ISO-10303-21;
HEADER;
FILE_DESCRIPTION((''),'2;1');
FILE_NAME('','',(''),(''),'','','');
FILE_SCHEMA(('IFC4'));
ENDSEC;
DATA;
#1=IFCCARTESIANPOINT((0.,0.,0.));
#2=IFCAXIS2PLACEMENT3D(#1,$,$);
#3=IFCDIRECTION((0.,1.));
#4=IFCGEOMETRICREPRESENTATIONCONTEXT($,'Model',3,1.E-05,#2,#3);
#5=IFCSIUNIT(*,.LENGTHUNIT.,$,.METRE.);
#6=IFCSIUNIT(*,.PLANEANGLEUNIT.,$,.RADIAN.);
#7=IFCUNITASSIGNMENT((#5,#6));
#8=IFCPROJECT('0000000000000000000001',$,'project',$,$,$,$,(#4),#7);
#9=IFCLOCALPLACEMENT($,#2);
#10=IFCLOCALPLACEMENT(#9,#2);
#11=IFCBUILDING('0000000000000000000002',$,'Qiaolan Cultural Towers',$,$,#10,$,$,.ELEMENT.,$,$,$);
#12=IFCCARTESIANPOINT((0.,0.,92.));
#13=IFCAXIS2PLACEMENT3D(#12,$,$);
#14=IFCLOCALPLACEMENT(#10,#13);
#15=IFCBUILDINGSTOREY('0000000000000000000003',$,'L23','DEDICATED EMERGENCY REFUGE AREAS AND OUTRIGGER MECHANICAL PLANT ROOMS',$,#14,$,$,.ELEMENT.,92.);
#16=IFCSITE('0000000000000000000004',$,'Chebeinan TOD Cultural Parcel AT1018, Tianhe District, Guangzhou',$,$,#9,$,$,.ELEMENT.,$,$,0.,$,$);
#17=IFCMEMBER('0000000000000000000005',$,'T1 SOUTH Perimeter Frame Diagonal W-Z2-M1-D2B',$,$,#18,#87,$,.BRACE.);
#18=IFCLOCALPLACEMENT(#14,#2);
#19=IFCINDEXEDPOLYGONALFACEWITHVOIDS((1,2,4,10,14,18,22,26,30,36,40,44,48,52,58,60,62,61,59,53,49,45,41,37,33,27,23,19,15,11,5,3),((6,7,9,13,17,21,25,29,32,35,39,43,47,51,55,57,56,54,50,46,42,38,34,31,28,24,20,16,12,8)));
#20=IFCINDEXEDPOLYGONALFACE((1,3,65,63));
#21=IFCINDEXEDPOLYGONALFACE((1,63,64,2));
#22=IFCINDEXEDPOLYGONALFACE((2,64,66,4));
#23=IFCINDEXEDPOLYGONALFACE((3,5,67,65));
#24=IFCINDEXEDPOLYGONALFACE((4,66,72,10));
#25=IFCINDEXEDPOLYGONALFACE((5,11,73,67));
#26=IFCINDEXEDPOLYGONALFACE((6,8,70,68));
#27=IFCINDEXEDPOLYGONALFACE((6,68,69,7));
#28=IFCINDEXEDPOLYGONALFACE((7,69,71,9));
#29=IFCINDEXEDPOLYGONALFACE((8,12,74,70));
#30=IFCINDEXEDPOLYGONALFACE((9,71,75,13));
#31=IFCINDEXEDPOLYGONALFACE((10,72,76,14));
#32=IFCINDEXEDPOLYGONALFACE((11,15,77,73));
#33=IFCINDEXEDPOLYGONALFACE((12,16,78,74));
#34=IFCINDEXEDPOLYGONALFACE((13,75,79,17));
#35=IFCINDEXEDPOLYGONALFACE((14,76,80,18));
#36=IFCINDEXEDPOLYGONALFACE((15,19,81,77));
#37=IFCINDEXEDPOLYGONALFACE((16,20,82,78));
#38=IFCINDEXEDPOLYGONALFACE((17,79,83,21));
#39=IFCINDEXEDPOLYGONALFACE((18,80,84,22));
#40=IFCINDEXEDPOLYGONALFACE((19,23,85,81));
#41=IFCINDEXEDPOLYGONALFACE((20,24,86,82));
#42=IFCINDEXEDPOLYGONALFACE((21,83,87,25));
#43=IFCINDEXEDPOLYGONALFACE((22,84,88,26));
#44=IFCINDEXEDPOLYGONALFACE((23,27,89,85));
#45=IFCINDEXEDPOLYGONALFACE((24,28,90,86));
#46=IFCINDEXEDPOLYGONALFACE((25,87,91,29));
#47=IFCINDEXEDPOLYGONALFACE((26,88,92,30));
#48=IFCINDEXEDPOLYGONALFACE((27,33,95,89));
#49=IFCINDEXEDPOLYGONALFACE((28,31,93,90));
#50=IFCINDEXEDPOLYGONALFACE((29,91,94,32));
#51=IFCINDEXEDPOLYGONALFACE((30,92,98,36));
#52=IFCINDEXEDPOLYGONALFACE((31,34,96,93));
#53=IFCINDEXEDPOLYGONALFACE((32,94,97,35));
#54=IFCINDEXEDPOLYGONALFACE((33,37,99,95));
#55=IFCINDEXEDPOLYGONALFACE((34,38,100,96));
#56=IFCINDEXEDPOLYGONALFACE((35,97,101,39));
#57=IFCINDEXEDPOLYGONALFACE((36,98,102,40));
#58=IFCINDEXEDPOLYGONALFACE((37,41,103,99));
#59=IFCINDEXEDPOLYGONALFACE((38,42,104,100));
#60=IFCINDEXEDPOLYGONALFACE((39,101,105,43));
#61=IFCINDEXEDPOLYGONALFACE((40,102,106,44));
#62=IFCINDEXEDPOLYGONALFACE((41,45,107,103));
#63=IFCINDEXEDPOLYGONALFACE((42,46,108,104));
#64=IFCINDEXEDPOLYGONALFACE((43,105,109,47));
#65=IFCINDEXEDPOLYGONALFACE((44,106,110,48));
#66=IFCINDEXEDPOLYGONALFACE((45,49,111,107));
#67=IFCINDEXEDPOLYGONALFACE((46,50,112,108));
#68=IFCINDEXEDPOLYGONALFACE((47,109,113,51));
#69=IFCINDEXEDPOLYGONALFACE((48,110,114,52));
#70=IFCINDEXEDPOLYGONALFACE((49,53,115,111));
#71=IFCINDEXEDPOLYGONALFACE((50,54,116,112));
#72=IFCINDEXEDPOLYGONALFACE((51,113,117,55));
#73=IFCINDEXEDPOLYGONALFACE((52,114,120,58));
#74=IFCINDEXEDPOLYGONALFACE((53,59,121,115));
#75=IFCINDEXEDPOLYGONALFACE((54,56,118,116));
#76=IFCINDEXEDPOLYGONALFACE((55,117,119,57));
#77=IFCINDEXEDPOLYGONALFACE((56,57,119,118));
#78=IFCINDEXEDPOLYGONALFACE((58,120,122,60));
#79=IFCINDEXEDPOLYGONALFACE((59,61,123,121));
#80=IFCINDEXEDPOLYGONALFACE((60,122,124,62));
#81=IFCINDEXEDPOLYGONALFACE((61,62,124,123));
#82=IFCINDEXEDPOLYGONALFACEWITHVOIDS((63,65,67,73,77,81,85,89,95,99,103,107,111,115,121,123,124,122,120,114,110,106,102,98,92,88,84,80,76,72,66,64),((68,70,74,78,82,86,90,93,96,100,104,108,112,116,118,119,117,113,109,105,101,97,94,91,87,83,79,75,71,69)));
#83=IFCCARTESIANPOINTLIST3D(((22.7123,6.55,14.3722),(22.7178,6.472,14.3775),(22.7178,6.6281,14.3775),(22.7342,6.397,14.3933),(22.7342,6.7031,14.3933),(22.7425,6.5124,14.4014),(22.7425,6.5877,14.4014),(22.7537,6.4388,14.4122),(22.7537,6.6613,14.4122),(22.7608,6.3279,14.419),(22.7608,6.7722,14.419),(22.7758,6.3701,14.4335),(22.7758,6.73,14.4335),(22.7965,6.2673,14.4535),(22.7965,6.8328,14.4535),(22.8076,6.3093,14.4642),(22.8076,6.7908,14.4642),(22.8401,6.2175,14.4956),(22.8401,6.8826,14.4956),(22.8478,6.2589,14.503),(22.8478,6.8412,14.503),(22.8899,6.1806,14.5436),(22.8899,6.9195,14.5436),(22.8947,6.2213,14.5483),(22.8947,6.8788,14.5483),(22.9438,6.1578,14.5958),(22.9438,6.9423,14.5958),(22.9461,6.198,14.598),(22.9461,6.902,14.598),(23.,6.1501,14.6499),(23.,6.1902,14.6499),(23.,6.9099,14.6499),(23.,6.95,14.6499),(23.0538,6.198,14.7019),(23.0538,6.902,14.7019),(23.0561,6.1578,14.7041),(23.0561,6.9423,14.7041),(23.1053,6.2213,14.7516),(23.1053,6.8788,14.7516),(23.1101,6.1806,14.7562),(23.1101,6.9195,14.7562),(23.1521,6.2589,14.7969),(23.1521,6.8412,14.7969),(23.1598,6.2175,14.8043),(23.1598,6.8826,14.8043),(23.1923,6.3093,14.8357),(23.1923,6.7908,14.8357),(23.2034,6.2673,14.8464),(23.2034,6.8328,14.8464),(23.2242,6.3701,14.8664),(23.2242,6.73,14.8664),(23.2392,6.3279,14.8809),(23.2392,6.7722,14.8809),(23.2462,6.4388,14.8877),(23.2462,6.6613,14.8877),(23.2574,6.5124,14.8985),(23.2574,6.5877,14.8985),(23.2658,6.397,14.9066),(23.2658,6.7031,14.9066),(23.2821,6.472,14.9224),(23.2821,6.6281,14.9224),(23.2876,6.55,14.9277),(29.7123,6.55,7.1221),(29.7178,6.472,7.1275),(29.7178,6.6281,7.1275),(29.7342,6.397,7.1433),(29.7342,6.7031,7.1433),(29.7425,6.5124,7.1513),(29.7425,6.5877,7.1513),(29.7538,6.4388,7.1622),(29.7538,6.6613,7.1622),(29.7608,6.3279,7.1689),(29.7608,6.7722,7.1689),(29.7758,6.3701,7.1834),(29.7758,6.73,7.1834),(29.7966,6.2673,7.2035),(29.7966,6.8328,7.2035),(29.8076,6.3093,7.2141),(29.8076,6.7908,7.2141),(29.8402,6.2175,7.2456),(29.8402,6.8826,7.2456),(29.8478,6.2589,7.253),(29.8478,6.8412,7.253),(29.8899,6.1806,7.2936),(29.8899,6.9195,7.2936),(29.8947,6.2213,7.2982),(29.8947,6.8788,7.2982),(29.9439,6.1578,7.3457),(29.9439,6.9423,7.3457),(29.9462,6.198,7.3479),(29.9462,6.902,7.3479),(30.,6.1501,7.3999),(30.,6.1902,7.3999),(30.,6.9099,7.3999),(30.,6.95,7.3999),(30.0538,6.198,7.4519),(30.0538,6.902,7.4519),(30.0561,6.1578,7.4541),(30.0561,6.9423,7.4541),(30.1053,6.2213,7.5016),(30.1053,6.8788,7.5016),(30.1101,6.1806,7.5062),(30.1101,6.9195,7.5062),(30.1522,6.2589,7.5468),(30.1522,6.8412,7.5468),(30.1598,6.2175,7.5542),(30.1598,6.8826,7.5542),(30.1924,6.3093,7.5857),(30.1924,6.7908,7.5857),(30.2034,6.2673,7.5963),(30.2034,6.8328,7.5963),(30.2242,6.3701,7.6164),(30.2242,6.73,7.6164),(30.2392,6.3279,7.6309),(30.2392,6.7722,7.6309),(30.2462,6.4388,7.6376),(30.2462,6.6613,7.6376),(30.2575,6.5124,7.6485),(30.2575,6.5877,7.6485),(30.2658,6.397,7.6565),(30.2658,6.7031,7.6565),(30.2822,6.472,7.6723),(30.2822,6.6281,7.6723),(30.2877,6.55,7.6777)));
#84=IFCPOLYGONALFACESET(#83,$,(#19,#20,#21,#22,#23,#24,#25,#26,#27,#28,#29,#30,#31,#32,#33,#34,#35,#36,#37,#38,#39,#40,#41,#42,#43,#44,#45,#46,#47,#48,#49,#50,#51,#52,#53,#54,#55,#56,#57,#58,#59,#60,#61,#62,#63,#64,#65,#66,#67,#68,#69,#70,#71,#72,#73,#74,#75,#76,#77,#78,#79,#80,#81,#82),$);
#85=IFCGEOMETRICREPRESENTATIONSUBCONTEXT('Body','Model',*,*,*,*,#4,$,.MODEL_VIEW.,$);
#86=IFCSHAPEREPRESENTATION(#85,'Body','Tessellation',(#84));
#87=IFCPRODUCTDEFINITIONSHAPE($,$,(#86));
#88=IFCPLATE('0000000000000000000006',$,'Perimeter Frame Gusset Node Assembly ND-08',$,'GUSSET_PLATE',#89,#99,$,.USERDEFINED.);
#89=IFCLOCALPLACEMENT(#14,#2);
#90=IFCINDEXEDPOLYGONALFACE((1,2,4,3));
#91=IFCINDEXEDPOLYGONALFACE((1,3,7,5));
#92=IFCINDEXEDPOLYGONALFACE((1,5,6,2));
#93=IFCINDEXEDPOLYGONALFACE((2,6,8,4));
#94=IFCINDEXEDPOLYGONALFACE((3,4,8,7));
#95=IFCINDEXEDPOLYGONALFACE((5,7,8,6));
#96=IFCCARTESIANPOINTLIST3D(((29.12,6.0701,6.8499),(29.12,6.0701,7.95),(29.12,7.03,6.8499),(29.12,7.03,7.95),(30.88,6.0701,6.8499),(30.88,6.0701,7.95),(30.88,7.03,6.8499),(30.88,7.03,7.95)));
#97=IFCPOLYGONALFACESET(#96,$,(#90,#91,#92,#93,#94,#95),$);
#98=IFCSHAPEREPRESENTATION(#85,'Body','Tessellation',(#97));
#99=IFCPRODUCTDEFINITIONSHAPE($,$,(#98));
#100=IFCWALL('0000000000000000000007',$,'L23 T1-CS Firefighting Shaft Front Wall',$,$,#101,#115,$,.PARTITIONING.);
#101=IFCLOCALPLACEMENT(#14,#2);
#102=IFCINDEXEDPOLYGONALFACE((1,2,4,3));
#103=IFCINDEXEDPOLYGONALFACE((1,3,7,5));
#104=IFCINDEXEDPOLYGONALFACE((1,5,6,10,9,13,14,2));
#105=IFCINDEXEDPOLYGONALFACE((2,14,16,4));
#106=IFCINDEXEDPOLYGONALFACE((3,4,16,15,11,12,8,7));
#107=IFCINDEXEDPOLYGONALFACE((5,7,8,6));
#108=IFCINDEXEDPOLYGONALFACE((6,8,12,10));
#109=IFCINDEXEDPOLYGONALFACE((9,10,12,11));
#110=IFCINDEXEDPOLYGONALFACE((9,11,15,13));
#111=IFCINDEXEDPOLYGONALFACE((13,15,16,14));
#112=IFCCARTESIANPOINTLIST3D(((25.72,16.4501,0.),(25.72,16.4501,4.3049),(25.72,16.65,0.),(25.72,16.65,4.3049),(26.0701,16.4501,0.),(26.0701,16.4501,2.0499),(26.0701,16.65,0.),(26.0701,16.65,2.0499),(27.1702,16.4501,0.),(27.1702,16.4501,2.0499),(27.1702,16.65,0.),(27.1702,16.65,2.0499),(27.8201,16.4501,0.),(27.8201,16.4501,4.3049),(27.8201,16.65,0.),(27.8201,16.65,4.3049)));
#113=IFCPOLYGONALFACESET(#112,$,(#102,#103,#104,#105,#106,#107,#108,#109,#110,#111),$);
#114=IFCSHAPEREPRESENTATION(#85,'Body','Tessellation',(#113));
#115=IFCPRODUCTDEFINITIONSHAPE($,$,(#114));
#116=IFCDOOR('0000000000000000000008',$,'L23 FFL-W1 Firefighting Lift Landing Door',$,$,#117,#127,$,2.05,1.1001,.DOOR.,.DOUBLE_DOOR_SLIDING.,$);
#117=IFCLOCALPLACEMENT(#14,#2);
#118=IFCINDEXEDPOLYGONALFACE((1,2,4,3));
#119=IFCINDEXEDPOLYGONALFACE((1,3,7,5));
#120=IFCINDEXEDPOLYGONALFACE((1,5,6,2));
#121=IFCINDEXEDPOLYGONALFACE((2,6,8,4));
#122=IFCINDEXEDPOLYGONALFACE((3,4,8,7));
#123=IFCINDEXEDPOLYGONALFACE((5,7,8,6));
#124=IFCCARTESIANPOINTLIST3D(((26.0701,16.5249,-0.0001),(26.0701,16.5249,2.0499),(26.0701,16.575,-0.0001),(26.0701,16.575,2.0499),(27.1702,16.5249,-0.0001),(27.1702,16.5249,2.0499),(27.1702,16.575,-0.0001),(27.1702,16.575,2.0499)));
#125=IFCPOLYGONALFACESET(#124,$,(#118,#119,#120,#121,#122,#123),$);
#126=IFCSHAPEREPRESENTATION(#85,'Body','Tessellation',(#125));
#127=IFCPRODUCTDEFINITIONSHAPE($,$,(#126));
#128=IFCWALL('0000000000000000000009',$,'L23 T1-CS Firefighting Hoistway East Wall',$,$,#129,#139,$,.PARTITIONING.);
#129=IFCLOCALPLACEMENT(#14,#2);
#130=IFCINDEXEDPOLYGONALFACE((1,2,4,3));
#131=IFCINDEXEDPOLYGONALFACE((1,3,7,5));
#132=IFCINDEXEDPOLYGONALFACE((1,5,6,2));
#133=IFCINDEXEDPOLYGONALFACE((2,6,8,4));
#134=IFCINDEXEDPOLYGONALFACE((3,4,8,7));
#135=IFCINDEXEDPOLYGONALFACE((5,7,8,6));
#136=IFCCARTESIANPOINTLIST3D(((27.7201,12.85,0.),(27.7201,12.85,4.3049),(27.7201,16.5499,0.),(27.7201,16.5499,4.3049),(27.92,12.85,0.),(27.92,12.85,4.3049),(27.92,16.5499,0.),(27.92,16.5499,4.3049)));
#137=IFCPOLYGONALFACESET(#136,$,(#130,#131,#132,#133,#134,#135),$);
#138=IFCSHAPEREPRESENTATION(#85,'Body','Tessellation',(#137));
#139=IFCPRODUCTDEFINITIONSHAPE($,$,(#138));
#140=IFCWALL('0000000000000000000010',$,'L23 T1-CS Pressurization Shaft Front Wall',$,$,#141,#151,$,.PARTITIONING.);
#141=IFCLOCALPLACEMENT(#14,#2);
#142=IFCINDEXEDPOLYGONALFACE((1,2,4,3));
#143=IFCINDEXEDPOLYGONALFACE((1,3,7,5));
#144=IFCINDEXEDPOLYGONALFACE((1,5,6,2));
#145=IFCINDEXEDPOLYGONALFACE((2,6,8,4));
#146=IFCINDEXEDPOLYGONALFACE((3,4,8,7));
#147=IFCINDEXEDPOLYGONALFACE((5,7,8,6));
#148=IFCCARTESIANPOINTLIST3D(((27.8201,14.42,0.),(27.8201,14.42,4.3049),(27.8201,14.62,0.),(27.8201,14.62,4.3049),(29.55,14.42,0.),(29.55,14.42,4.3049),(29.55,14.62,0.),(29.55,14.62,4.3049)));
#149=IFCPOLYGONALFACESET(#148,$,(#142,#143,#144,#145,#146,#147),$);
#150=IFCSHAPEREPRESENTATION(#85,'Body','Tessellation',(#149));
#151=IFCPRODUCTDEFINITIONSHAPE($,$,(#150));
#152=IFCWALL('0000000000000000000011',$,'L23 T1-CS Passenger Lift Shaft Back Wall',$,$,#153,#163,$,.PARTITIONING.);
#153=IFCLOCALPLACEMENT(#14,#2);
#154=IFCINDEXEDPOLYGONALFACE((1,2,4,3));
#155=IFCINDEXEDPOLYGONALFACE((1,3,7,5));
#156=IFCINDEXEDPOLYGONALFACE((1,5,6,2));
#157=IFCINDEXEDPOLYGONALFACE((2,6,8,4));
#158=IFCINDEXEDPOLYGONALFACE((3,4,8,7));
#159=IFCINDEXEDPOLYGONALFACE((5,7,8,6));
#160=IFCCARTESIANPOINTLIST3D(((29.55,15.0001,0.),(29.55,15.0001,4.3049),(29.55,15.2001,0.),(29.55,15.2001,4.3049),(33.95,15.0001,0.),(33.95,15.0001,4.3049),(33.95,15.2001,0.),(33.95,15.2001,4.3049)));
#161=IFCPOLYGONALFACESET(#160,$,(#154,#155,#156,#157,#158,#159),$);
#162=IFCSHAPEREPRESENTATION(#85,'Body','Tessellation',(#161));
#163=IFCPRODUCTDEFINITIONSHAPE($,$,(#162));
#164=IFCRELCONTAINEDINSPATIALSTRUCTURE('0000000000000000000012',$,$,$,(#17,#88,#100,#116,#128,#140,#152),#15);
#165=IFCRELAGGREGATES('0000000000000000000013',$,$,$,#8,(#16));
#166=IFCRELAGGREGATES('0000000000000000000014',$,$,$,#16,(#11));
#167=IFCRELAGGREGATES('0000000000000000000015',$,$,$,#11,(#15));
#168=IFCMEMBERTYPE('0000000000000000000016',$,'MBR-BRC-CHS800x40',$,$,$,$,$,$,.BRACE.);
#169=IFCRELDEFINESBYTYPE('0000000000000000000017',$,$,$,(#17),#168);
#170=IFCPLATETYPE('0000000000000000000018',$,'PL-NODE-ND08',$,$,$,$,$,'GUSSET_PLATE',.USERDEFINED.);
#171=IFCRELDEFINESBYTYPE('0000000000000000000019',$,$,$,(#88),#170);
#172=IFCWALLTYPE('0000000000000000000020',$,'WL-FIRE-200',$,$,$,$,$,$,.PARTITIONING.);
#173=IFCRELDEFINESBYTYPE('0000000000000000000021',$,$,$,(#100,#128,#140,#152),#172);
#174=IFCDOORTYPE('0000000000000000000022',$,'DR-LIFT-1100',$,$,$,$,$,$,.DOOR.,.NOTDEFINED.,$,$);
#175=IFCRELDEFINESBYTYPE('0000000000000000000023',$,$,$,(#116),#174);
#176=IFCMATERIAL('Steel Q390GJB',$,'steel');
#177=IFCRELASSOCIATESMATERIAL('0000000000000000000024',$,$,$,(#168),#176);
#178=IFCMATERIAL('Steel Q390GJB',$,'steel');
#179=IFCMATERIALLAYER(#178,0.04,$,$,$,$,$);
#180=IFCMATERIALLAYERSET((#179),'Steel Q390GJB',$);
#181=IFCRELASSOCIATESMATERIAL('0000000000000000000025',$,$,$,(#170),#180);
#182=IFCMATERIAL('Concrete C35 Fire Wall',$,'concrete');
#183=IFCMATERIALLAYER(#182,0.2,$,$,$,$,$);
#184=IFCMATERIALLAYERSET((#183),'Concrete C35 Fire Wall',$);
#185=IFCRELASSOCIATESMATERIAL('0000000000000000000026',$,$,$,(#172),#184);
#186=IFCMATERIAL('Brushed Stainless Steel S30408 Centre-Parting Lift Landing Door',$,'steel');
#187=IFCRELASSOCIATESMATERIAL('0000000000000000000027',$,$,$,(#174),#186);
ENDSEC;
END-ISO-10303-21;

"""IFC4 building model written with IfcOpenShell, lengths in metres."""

from ifc_helpers import new_model, si_unit, direction, frame, frame_2d, origin, origin_2d, place, context, subcontext, project, spatial, rectangle, hollow_circle, extrude, material, layer, layer_set, material_profile, profile_set, type_object, element, fill, save


model = new_model("IFC4")

# Units and contexts
model_context = context("Model", 3, precision=1e-05, world=origin(), true_north=direction((0.0, 1.0)))
body_context = subcontext(model_context, "Body", "Model", "MODEL_VIEW")
ifc_project = project(units=[si_unit("LENGTHUNIT", "METRE"), si_unit("PLANEANGLEUNIT", "RADIAN")], contexts=[model_context])

# Site, building, storey
site_placement = place(None, origin())
site = spatial("IfcSite", under=ifc_project, at=site_placement, Name="Chebeinan TOD Cultural Parcel AT1018, Tianhe District, Guangzhou", CompositionType="ELEMENT", RefElevation=0.0)
building_placement = place(site_placement, origin())
building = spatial("IfcBuilding", under=site, at=building_placement, Name="Qiaolan Cultural Towers", CompositionType="ELEMENT")
storey_placement = place(building_placement, frame((0.0, 0.0, 92.0)))
storey = spatial("IfcBuildingStorey", under=building, at=storey_placement, Name="L23", Description="DEDICATED EMERGENCY REFUGE AREAS AND OUTRIGGER MECHANICAL PLANT ROOMS", CompositionType="ELEMENT", Elevation=92.0)

# Member
ifc_material_1 = material(Name="Steel Q390GJB", Category="steel")
ifc_material_profile_1 = material_profile(ifc_material_1, hollow_circle(Radius=0.3999, WallThickness=0.04, at=origin_2d()), Name="CHS800x40")
ifc_profile_set_1 = profile_set([ifc_material_profile_1], Name="Steel Q390GJB")
member_type = type_object("IfcMemberType", Name="MBR-BRC-CHS800x40", PredefinedType="BRACE", material=ifc_profile_set_1)
for number, where, z_axis, x_axis, name in (
    (1, (30.0, 6.55, 7.3999), (-0.694595, 0.0, 0.719401), (0.0, -1.0, 0.0), "T1 SOUTH Perimeter Frame Diagonal W-Z2-M1-D2B"),
):
    element("IfcMember", number, at=place(storey_placement, frame(where, z_axis=z_axis, x_axis=x_axis)), inside=storey, type_object=member_type, Name=name, PredefinedType="BRACE", context=body_context, shape_type="SweptSolid", body=[
        extrude(hollow_circle(Radius=0.3999, WallThickness=0.04, at=origin_2d()), origin(), (0.0, 0.0, 1.0), 10.0779),
    ])

# Plate
ifc_material_2 = material(Name="Steel Q390GJB", Category="steel")
ifc_layer_1 = layer(ifc_material_2, 0.04)
ifc_layer_set_1 = layer_set([ifc_layer_1], Name="Steel Q390GJB")
plate_type = type_object("IfcPlateType", Name="PL-NODE-ND08", ElementType="GUSSET_PLATE", PredefinedType="USERDEFINED", material=ifc_layer_set_1)
plate_placement = place(storey_placement, frame((30.0, 6.55, 6.8499), z_axis=(0.0, 0.0, 1.0), x_axis=(1.0, 0.0, 0.0)))
element("IfcPlate", 2, at=plate_placement, inside=storey, type_object=plate_type, Name="Perimeter Frame Gusset Node Assembly ND-08", ObjectType="GUSSET_PLATE", PredefinedType="USERDEFINED", context=body_context, shape_type="SweptSolid", body=[
    extrude(rectangle(XDim=1.76, YDim=0.96, at=origin_2d()), origin(), (0.0, 0.0, 1.0), 1.1001),
])

# Wall, opening, door
ifc_material_3 = material(Name="Concrete C35 Fire Wall", Category="concrete")
ifc_layer_2 = layer(ifc_material_3, 0.2)
ifc_layer_set_2 = layer_set([ifc_layer_2], Name="Concrete C35 Fire Wall")
wall_type = type_object("IfcWallType", Name="WL-FIRE-200", PredefinedType="PARTITIONING", material=ifc_layer_set_2)
wall_1_placement = place(storey_placement, frame((25.72, 16.55, 0.0), z_axis=(0.0, 0.0, 1.0), x_axis=(1.0, 0.0, 0.0)))
wall_1 = element("IfcWall", 3, at=wall_1_placement, inside=storey, type_object=wall_type, Name="L23 T1-CS Firefighting Shaft Front Wall", PredefinedType="PARTITIONING", context=body_context, shape_type="SweptSolid", body=[
    extrude(rectangle(XDim=2.1001, YDim=0.2, at=frame_2d((1.05, 0.0))), origin(), (0.0, 0.0, 1.0), 4.3049),
])
opening_placement = place(wall_1_placement, frame((0.3501, 0.0, 0.0)))
opening = element("IfcOpeningElement", 4, at=opening_placement, cuts=wall_1, PredefinedType="OPENING", context=body_context, shape_type="SweptSolid", body=[
    extrude(rectangle(XDim=1.1001, YDim=2.05, at=frame_2d((0.55, 1.0249))), frame((0.0, 0.1099, 0.0), z_axis=(0.0, -1.0, 0.0), x_axis=(1.0, 0.0, 0.0)), (0.0, 0.0, 1.0), 0.22),
])
ifc_material_4 = material(Name="Brushed Stainless Steel S30408 Centre-Parting Lift Landing Door", Category="steel")
door_type = type_object("IfcDoorType", Name="DR-LIFT-1100", OperationType="NOTDEFINED", PredefinedType="DOOR", material=ifc_material_4)
door_placement = place(opening_placement, origin())
door = element("IfcDoor", 5, at=door_placement, inside=storey, type_object=door_type, Name="L23 FFL-W1 Firefighting Lift Landing Door", OperationType="DOUBLE_DOOR_SLIDING", OverallHeight=2.05, OverallWidth=1.1001, PredefinedType="DOOR", context=body_context, shape_type="SweptSolid", body=[
    extrude(rectangle(XDim=1.1001, YDim=2.05, at=frame_2d((0.55, 1.0249))), frame((0.0, 0.0249, 0.0), z_axis=(0.0, -1.0, 0.0), x_axis=(1.0, 0.0, 0.0)), (0.0, 0.0, 1.0), 0.05),
])
fill(opening, door)

# Walls
wall_2_placement = place(storey_placement, frame((27.8201, 16.55, 0.0), z_axis=(0.0, 0.0, 1.0), x_axis=(0.0, -1.0, 0.0)))
element("IfcWall", 6, at=wall_2_placement, inside=storey, type_object=wall_type, Name="L23 T1-CS Firefighting Hoistway East Wall", PredefinedType="PARTITIONING", context=body_context, shape_type="SweptSolid", body=[
    extrude(rectangle(XDim=3.7, YDim=0.2, at=frame_2d((1.8501, 0.0))), origin(), (0.0, 0.0, 1.0), 4.3049),
])
wall_3_placement = place(storey_placement, frame((27.8201, 14.52, 0.0), z_axis=(0.0, 0.0, 1.0), x_axis=(1.0, 0.0, 0.0)))
element("IfcWall", 7, at=wall_3_placement, inside=storey, type_object=wall_type, Name="L23 T1-CS Pressurization Shaft Front Wall", PredefinedType="PARTITIONING", context=body_context, shape_type="SweptSolid", body=[
    extrude(rectangle(XDim=1.73, YDim=0.2, at=frame_2d((0.865, 0.0))), origin(), (0.0, 0.0, 1.0), 4.3049),
])
wall_4_placement = place(storey_placement, frame((29.55, 15.1001, 0.0), z_axis=(0.0, 0.0, 1.0), x_axis=(1.0, 0.0, 0.0)))
element("IfcWall", 8, at=wall_4_placement, inside=storey, type_object=wall_type, Name="L23 T1-CS Passenger Lift Shaft Back Wall", PredefinedType="PARTITIONING", context=body_context, shape_type="SweptSolid", body=[
    extrude(rectangle(XDim=4.3999, YDim=0.2, at=frame_2d((2.2, 0.0))), origin(), (0.0, 0.0, 1.0), 4.3049),
])

save(model, "model.ifc")
